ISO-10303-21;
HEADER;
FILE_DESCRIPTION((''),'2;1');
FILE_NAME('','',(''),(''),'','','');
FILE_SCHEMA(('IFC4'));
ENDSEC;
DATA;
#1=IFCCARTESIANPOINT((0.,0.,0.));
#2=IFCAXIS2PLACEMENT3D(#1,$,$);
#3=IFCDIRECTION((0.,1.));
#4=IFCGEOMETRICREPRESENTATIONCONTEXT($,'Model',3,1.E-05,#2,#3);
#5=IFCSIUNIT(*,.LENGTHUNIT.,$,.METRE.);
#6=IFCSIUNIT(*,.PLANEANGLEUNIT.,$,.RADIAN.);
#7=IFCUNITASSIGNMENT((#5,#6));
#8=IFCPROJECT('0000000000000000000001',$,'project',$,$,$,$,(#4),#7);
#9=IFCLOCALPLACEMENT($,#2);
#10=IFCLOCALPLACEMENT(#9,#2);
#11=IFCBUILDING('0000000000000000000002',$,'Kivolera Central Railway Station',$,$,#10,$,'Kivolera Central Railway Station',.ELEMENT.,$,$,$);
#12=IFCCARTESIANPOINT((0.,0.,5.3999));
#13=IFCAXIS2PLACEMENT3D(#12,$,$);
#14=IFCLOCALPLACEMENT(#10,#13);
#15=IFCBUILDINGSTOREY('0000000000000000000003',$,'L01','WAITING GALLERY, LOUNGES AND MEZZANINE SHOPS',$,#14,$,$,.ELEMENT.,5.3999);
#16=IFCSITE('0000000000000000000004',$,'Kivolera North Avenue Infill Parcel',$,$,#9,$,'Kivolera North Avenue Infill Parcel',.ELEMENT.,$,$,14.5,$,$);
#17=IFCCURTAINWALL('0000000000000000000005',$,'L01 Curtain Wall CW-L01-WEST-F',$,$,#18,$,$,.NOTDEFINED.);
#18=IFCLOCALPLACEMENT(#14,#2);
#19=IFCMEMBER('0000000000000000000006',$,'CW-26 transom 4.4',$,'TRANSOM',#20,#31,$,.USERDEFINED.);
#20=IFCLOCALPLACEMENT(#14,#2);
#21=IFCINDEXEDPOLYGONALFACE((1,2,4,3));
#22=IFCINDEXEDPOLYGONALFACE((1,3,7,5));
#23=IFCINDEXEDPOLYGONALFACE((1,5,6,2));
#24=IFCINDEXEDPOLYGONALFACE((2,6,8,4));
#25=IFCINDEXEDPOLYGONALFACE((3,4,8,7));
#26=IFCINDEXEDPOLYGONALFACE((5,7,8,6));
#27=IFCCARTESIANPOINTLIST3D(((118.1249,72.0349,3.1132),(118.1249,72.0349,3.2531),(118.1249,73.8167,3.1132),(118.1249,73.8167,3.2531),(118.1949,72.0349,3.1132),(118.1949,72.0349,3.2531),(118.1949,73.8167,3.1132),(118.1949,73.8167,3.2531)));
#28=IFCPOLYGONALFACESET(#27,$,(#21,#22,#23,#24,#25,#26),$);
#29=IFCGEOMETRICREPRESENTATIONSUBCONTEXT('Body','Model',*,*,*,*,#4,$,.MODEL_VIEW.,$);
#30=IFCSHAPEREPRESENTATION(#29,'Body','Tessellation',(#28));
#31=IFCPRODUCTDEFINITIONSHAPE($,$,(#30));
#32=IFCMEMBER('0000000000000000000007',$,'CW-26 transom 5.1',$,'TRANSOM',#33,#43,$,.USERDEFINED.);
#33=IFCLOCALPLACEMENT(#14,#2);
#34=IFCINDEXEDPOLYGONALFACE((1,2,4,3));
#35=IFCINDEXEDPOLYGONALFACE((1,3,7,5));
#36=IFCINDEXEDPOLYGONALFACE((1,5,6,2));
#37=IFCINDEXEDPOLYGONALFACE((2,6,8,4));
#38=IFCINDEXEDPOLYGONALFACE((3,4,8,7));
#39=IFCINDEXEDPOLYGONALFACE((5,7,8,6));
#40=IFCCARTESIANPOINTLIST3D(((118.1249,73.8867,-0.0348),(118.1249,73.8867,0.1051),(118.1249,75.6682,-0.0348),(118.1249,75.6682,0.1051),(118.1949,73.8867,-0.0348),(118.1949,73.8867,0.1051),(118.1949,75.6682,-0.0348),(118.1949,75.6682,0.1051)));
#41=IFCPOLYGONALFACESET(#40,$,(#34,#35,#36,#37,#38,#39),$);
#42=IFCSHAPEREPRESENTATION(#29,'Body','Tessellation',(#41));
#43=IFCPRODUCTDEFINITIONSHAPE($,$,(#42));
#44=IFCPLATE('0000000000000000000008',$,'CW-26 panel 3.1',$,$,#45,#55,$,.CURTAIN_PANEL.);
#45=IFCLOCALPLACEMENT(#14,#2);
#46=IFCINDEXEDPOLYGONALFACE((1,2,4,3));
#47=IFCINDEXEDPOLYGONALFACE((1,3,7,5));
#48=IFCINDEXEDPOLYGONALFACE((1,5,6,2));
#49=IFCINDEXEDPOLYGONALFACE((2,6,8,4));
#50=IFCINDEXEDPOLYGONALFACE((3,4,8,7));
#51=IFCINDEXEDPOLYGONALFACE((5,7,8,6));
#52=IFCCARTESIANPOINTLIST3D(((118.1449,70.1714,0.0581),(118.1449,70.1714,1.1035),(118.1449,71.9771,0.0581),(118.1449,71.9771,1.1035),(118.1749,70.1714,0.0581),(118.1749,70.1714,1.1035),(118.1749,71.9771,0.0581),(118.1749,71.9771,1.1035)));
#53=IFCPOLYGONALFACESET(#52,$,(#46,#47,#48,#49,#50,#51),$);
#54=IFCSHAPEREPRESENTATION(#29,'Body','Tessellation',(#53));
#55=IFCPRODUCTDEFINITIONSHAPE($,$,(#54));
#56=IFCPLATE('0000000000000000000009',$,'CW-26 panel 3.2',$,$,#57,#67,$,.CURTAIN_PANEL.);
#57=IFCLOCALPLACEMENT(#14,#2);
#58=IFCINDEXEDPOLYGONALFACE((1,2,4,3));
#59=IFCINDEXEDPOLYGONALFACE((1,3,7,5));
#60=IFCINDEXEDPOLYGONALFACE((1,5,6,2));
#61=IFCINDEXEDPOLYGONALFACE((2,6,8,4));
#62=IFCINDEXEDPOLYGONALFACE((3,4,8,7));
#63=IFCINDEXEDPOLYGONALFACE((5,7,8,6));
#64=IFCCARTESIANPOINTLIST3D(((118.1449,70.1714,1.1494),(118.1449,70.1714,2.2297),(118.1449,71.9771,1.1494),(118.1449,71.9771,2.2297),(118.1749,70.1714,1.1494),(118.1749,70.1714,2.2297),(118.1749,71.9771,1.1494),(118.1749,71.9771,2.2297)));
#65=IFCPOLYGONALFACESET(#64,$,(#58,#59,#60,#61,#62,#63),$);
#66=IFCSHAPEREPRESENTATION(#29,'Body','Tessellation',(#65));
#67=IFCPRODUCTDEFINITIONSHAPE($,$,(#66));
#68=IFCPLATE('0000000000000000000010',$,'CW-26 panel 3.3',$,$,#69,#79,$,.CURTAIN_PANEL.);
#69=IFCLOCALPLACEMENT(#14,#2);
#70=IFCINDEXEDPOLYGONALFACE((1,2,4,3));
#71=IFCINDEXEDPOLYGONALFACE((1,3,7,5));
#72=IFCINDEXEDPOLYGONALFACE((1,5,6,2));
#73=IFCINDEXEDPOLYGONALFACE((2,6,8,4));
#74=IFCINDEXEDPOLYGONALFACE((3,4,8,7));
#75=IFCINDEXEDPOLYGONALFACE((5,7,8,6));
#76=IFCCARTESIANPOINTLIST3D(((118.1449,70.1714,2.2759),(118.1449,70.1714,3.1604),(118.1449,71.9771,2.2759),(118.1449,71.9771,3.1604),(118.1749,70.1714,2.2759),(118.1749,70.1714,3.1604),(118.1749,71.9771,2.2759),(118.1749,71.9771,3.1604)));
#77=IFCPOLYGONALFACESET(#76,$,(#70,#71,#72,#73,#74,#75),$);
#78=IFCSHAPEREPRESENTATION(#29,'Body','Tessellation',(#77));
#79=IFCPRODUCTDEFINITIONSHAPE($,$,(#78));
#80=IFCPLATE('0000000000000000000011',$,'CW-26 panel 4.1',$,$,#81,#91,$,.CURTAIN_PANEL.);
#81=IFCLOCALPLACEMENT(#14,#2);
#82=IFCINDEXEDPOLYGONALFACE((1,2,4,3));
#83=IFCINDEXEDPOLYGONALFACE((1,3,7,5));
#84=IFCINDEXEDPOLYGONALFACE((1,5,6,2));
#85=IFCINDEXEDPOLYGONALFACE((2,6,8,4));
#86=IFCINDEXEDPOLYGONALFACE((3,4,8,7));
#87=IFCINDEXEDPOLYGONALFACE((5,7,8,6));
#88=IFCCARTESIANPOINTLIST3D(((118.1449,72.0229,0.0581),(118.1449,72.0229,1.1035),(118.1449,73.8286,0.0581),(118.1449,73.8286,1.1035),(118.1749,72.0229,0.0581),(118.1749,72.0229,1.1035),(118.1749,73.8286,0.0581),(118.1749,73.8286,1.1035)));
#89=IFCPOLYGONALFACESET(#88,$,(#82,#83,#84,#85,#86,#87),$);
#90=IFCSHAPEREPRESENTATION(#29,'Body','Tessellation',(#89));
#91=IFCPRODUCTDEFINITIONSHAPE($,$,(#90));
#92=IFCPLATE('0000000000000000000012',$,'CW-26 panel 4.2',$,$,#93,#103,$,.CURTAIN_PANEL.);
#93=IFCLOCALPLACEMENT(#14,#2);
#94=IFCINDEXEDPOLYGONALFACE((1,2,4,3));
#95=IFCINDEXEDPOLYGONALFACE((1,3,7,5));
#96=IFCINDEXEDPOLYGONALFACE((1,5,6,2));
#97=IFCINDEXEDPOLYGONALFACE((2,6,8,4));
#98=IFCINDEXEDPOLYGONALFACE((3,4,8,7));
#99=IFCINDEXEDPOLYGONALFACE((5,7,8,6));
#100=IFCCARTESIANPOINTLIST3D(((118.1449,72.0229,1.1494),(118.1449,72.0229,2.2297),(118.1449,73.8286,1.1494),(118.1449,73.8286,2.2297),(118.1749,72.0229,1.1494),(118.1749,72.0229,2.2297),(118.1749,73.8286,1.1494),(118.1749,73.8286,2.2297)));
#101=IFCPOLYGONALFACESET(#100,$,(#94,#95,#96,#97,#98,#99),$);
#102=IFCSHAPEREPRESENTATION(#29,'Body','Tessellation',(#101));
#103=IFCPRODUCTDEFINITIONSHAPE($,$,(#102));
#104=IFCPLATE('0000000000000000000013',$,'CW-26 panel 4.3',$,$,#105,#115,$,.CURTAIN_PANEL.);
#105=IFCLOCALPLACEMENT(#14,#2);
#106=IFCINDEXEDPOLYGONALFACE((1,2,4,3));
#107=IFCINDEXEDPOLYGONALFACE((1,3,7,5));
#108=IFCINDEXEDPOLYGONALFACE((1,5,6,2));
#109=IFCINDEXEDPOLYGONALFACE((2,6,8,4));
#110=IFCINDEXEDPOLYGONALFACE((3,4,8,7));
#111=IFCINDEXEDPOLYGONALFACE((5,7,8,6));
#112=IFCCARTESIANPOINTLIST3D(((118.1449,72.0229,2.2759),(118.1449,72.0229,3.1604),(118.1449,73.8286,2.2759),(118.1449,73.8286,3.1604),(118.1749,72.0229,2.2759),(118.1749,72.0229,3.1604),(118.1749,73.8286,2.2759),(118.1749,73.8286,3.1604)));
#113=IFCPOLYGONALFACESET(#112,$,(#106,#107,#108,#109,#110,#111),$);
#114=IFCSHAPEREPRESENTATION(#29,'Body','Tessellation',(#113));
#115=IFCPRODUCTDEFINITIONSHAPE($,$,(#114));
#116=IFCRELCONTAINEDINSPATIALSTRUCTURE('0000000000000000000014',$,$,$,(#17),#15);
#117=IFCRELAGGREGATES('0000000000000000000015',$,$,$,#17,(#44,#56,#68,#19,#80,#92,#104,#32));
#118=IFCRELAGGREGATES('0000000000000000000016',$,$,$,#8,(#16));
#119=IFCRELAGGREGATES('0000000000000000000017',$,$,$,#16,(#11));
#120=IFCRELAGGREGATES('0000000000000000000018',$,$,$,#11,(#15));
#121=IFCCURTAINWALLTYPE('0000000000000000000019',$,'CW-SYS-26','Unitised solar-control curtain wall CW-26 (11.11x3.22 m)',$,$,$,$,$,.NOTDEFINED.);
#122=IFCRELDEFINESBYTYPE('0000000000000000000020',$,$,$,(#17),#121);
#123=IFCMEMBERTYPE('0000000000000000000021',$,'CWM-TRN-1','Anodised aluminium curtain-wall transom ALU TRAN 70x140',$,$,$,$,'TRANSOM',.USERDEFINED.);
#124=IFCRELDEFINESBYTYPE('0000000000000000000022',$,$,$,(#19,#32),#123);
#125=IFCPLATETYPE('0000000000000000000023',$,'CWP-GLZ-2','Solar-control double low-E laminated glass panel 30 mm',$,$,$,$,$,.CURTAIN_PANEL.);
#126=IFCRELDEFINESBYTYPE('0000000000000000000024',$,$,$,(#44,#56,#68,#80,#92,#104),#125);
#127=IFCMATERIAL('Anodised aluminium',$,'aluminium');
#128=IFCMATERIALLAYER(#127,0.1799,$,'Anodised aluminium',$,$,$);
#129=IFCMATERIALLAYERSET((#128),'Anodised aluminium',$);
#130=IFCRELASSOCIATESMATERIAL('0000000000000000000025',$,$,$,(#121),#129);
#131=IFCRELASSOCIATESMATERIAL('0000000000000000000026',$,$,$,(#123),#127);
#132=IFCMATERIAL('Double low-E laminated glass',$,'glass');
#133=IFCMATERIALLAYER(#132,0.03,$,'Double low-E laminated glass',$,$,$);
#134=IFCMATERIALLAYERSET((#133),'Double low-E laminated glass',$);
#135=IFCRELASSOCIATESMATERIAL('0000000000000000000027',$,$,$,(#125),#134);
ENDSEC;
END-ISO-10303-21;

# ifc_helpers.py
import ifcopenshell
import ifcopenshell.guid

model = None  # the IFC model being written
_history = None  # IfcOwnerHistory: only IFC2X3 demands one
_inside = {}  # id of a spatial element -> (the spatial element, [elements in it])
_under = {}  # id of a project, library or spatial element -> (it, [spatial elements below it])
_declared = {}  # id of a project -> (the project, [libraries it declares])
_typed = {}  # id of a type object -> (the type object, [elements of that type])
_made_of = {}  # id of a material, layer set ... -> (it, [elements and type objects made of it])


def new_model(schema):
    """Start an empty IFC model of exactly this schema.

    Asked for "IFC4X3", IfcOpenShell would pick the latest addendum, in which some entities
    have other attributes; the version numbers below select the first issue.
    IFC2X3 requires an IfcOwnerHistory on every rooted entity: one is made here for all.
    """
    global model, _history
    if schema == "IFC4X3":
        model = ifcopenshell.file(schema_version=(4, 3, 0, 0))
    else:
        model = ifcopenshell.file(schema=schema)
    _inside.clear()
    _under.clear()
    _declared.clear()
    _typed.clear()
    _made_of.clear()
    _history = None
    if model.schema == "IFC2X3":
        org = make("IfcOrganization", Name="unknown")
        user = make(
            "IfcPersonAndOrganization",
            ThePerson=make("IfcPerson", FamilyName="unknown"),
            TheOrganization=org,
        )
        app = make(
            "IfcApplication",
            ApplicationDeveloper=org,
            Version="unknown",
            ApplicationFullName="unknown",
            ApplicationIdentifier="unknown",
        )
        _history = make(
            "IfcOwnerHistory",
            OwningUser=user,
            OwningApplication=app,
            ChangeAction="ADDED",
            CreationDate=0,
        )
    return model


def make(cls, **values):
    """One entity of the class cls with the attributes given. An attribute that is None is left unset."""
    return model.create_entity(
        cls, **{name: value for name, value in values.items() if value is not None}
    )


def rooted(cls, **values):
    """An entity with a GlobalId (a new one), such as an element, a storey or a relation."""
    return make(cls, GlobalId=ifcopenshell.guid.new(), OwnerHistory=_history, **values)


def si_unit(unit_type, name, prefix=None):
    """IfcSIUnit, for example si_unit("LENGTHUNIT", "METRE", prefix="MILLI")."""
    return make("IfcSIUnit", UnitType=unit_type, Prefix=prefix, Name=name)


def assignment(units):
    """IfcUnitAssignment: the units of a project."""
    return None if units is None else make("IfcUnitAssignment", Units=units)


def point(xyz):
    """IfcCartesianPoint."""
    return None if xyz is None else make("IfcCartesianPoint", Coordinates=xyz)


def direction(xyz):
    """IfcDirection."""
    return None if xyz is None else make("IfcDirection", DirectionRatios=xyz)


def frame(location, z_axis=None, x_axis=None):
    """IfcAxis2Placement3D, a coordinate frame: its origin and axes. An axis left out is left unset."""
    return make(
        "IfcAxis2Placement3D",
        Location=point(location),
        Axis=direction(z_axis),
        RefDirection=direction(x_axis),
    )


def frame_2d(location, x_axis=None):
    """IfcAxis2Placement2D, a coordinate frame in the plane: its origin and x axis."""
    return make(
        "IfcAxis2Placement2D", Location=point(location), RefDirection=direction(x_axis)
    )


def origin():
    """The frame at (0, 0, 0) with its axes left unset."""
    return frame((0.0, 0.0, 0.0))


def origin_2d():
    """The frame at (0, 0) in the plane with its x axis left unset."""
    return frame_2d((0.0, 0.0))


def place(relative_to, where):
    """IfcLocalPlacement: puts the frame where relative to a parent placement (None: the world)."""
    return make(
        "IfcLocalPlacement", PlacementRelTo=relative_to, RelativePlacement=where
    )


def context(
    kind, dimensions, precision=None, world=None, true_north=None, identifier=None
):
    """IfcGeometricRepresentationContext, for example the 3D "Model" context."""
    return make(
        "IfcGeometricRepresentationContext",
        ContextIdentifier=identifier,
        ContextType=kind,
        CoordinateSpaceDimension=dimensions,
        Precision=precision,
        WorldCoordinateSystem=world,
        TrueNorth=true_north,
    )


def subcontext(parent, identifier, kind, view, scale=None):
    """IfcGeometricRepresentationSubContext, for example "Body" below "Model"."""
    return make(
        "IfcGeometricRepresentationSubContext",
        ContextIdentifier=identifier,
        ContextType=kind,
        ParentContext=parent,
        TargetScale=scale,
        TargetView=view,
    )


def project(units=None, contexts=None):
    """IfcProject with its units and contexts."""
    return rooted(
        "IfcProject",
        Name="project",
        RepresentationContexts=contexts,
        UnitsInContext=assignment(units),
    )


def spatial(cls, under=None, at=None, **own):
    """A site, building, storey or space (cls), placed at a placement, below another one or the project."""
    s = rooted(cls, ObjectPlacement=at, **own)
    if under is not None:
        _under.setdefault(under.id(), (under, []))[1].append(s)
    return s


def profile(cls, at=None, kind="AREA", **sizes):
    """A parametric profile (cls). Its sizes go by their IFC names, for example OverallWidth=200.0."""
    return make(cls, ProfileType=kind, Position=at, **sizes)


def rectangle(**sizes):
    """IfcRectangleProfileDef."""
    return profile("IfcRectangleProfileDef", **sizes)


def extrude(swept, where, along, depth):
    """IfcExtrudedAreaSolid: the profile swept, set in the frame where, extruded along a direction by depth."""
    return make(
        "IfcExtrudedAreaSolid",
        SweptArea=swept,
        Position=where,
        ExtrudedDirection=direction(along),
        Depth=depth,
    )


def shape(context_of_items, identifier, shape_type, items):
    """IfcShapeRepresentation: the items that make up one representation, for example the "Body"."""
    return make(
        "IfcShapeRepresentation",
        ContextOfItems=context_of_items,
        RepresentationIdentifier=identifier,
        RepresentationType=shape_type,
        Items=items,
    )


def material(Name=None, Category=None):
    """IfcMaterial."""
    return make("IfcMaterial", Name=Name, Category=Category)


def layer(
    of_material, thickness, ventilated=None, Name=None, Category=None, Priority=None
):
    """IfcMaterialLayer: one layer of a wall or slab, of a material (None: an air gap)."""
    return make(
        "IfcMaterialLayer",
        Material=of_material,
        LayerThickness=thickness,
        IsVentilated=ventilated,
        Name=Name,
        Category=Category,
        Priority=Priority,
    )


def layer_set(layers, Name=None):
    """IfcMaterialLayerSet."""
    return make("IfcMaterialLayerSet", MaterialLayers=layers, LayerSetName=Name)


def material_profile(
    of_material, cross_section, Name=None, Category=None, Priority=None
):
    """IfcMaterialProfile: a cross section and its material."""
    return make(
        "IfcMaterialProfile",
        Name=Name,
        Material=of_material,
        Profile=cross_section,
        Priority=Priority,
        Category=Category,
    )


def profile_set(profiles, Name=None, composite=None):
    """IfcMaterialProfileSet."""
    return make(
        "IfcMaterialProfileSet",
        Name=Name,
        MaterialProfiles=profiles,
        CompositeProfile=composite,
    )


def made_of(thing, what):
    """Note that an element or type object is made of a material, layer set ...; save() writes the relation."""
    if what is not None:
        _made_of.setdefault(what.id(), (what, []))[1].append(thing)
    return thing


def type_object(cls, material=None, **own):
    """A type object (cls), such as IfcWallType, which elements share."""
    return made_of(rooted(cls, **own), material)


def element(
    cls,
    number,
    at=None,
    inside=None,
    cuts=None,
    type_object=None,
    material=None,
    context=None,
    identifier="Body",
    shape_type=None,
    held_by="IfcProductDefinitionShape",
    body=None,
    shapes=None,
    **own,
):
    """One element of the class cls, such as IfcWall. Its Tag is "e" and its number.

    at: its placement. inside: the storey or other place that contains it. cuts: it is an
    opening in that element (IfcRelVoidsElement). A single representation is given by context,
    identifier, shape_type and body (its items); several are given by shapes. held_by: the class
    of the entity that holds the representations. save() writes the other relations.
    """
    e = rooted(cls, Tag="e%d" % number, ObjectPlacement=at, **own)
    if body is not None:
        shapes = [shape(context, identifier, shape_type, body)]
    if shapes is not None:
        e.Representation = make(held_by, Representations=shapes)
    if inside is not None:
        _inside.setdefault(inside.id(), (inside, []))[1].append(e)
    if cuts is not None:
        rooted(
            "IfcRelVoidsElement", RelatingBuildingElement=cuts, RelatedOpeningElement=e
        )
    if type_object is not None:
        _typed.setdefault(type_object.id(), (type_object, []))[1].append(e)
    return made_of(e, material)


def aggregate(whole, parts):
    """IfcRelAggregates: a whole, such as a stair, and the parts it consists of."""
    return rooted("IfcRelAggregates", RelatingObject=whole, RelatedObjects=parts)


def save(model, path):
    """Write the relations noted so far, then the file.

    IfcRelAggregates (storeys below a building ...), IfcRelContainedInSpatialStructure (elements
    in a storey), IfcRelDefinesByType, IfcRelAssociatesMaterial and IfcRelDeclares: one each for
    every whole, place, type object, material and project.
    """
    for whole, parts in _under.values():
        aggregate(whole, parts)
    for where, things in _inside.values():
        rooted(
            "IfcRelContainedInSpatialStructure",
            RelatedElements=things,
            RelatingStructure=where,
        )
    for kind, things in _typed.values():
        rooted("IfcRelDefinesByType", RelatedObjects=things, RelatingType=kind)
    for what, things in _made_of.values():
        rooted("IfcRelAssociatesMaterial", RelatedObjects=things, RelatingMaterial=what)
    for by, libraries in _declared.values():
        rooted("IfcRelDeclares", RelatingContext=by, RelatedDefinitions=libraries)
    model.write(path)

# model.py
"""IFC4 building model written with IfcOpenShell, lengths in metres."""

from ifc_helpers import new_model, si_unit, direction, frame, origin, origin_2d, place, context, subcontext, project, spatial, rectangle, extrude, material, layer, layer_set, material_profile, profile_set, type_object, element, aggregate, save


model = new_model("IFC4")

# Units and contexts
model_context = context("Model", 3, precision=1e-05, world=origin(), true_north=direction((0.0, 1.0)))
body_context = subcontext(model_context, "Body", "Model", "MODEL_VIEW")
ifc_project = project(units=[si_unit("LENGTHUNIT", "METRE"), si_unit("PLANEANGLEUNIT", "RADIAN")], contexts=[model_context])

# Site, building, storey
site_placement = place(None, origin())
site = spatial("IfcSite", under=ifc_project, at=site_placement, Name="Kivolera North Avenue Infill Parcel", LongName="Kivolera North Avenue Infill Parcel", CompositionType="ELEMENT", RefElevation=14.5)
building_placement = place(site_placement, origin())
building = spatial("IfcBuilding", under=site, at=building_placement, Name="Kivolera Central Railway Station", LongName="Kivolera Central Railway Station", CompositionType="ELEMENT")
storey_placement = place(building_placement, frame((0.0, 0.0, 5.3999)))
storey = spatial("IfcBuildingStorey", under=building, at=storey_placement, Name="L01", Description="WAITING GALLERY, LOUNGES AND MEZZANINE SHOPS", CompositionType="ELEMENT", Elevation=5.3999)

# Shared definitions
ifc_material_1 = material(Name="Anodised aluminium", Category="aluminium")

# Curtain wall
ifc_layer_1 = layer(ifc_material_1, 0.1799, Name="Anodised aluminium")
ifc_layer_set_1 = layer_set([ifc_layer_1], Name="Anodised aluminium")
curtain_wall_type_1 = type_object("IfcCurtainWallType", Name="CW-SYS-26", Description="Unitised solar-control curtain wall CW-26 (11.11x3.22 m)", PredefinedType="NOTDEFINED", material=ifc_layer_set_1)
curtain_wall_1_placement = place(storey_placement, origin())
curtain_wall_1 = element("IfcCurtainWall", 1, at=curtain_wall_1_placement, inside=storey, type_object=curtain_wall_type_1, Name="L01 Curtain Wall CW-L01-WEST-F", PredefinedType="NOTDEFINED")

# Members
ifc_material_profile_1 = material_profile(ifc_material_1, rectangle(XDim=0.0701, YDim=0.1399, at=origin_2d()), Name="ALU TRAN 70x140")
ifc_profile_set_1 = profile_set([ifc_material_profile_1], Name="Anodised aluminium")
member_type_1 = type_object("IfcMemberType", Name="CWM-TRN-1", Description="Anodised aluminium curtain-wall transom ALU TRAN 70x140", ElementType="TRANSOM", PredefinedType="USERDEFINED", material=ifc_profile_set_1)
member_1_placement = place(storey_placement, frame((118.1599, 72.0349, 3.1831), z_axis=(0.0, 1.0, 0.0), x_axis=(-1.0, 0.0, 0.0)))
member_1 = element("IfcMember", 2, at=member_1_placement, type_object=member_type_1, Name="CW-26 transom 4.4", ObjectType="TRANSOM", PredefinedType="USERDEFINED", context=body_context, shape_type="SweptSolid", body=[
    extrude(rectangle(XDim=0.0701, YDim=0.1399, at=origin_2d()), origin(), (0.0, 0.0, 1.0), 1.7817),
])
member_2_placement = place(storey_placement, frame((118.1599, 73.8867, 0.0352), z_axis=(0.0, 1.0, 0.0), x_axis=(-1.0, 0.0, 0.0)))
member_2 = element("IfcMember", 3, at=member_2_placement, type_object=member_type_1, Name="CW-26 transom 5.1", ObjectType="TRANSOM", PredefinedType="USERDEFINED", context=body_context, shape_type="SweptSolid", body=[
    extrude(rectangle(XDim=0.0701, YDim=0.1399, at=origin_2d()), origin(), (0.0, 0.0, 1.0), 1.7815),
])

# Plates
ifc_material_2 = material(Name="Double low-E laminated glass", Category="glass")
ifc_layer_2 = layer(ifc_material_2, 0.03, Name="Double low-E laminated glass")
ifc_layer_set_2 = layer_set([ifc_layer_2], Name="Double low-E laminated glass")
plate_type = type_object("IfcPlateType", Name="CWP-GLZ-2", Description="Solar-control double low-E laminated glass panel 30 mm", PredefinedType="CURTAIN_PANEL", material=ifc_layer_set_2)
plate_1_placement = place(storey_placement, frame((118.1599, 71.0742, 0.0581), z_axis=(0.0, 0.0, 1.0), x_axis=(0.0, 1.0, 0.0)))
plate_1 = element("IfcPlate", 4, at=plate_1_placement, type_object=plate_type, Name="CW-26 panel 3.1", PredefinedType="CURTAIN_PANEL", context=body_context, shape_type="SweptSolid", body=[
    extrude(rectangle(XDim=1.8057, YDim=0.03, at=origin_2d()), origin(), (0.0, 0.0, 1.0), 1.0454),
])
plate_2_placement = place(storey_placement, frame((118.1599, 71.0742, 1.1494), z_axis=(0.0, 0.0, 1.0), x_axis=(0.0, 1.0, 0.0)))
plate_2 = element("IfcPlate", 5, at=plate_2_placement, type_object=plate_type, Name="CW-26 panel 3.2", PredefinedType="CURTAIN_PANEL", context=body_context, shape_type="SweptSolid", body=[
    extrude(rectangle(XDim=1.8057, YDim=0.03, at=origin_2d()), origin(), (0.0, 0.0, 1.0), 1.0803),
])
plate_3_placement = place(storey_placement, frame((118.1599, 71.0742, 2.2759), z_axis=(0.0, 0.0, 1.0), x_axis=(0.0, 1.0, 0.0)))
plate_3 = element("IfcPlate", 6, at=plate_3_placement, type_object=plate_type, Name="CW-26 panel 3.3", PredefinedType="CURTAIN_PANEL", context=body_context, shape_type="SweptSolid", body=[
    extrude(rectangle(XDim=1.8057, YDim=0.03, at=origin_2d()), origin(), (0.0, 0.0, 1.0), 0.8845),
])
plate_4_placement = place(storey_placement, frame((118.1599, 72.9258, 0.0581), z_axis=(0.0, 0.0, 1.0), x_axis=(0.0, 1.0, 0.0)))
plate_4 = element("IfcPlate", 7, at=plate_4_placement, type_object=plate_type, Name="CW-26 panel 4.1", PredefinedType="CURTAIN_PANEL", context=body_context, shape_type="SweptSolid", body=[
    extrude(rectangle(XDim=1.8057, YDim=0.03, at=origin_2d()), origin(), (0.0, 0.0, 1.0), 1.0454),
])
plate_5_placement = place(storey_placement, frame((118.1599, 72.9258, 1.1494), z_axis=(0.0, 0.0, 1.0), x_axis=(0.0, 1.0, 0.0)))
plate_5 = element("IfcPlate", 8, at=plate_5_placement, type_object=plate_type, Name="CW-26 panel 4.2", PredefinedType="CURTAIN_PANEL", context=body_context, shape_type="SweptSolid", body=[
    extrude(rectangle(XDim=1.8057, YDim=0.03, at=origin_2d()), origin(), (0.0, 0.0, 1.0), 1.0803),
])
plate_6_placement = place(storey_placement, frame((118.1599, 72.9258, 2.2759), z_axis=(0.0, 0.0, 1.0), x_axis=(0.0, 1.0, 0.0)))
plate_6 = element("IfcPlate", 9, at=plate_6_placement, type_object=plate_type, Name="CW-26 panel 4.3", PredefinedType="CURTAIN_PANEL", context=body_context, shape_type="SweptSolid", body=[
    extrude(rectangle(XDim=1.8057, YDim=0.03, at=origin_2d()), origin(), (0.0, 0.0, 1.0), 0.8845),
])
aggregate(curtain_wall_1, [plate_1, plate_2, plate_3, member_1, plate_4, plate_5, plate_6, member_2])

save(model, "model.ifc")
